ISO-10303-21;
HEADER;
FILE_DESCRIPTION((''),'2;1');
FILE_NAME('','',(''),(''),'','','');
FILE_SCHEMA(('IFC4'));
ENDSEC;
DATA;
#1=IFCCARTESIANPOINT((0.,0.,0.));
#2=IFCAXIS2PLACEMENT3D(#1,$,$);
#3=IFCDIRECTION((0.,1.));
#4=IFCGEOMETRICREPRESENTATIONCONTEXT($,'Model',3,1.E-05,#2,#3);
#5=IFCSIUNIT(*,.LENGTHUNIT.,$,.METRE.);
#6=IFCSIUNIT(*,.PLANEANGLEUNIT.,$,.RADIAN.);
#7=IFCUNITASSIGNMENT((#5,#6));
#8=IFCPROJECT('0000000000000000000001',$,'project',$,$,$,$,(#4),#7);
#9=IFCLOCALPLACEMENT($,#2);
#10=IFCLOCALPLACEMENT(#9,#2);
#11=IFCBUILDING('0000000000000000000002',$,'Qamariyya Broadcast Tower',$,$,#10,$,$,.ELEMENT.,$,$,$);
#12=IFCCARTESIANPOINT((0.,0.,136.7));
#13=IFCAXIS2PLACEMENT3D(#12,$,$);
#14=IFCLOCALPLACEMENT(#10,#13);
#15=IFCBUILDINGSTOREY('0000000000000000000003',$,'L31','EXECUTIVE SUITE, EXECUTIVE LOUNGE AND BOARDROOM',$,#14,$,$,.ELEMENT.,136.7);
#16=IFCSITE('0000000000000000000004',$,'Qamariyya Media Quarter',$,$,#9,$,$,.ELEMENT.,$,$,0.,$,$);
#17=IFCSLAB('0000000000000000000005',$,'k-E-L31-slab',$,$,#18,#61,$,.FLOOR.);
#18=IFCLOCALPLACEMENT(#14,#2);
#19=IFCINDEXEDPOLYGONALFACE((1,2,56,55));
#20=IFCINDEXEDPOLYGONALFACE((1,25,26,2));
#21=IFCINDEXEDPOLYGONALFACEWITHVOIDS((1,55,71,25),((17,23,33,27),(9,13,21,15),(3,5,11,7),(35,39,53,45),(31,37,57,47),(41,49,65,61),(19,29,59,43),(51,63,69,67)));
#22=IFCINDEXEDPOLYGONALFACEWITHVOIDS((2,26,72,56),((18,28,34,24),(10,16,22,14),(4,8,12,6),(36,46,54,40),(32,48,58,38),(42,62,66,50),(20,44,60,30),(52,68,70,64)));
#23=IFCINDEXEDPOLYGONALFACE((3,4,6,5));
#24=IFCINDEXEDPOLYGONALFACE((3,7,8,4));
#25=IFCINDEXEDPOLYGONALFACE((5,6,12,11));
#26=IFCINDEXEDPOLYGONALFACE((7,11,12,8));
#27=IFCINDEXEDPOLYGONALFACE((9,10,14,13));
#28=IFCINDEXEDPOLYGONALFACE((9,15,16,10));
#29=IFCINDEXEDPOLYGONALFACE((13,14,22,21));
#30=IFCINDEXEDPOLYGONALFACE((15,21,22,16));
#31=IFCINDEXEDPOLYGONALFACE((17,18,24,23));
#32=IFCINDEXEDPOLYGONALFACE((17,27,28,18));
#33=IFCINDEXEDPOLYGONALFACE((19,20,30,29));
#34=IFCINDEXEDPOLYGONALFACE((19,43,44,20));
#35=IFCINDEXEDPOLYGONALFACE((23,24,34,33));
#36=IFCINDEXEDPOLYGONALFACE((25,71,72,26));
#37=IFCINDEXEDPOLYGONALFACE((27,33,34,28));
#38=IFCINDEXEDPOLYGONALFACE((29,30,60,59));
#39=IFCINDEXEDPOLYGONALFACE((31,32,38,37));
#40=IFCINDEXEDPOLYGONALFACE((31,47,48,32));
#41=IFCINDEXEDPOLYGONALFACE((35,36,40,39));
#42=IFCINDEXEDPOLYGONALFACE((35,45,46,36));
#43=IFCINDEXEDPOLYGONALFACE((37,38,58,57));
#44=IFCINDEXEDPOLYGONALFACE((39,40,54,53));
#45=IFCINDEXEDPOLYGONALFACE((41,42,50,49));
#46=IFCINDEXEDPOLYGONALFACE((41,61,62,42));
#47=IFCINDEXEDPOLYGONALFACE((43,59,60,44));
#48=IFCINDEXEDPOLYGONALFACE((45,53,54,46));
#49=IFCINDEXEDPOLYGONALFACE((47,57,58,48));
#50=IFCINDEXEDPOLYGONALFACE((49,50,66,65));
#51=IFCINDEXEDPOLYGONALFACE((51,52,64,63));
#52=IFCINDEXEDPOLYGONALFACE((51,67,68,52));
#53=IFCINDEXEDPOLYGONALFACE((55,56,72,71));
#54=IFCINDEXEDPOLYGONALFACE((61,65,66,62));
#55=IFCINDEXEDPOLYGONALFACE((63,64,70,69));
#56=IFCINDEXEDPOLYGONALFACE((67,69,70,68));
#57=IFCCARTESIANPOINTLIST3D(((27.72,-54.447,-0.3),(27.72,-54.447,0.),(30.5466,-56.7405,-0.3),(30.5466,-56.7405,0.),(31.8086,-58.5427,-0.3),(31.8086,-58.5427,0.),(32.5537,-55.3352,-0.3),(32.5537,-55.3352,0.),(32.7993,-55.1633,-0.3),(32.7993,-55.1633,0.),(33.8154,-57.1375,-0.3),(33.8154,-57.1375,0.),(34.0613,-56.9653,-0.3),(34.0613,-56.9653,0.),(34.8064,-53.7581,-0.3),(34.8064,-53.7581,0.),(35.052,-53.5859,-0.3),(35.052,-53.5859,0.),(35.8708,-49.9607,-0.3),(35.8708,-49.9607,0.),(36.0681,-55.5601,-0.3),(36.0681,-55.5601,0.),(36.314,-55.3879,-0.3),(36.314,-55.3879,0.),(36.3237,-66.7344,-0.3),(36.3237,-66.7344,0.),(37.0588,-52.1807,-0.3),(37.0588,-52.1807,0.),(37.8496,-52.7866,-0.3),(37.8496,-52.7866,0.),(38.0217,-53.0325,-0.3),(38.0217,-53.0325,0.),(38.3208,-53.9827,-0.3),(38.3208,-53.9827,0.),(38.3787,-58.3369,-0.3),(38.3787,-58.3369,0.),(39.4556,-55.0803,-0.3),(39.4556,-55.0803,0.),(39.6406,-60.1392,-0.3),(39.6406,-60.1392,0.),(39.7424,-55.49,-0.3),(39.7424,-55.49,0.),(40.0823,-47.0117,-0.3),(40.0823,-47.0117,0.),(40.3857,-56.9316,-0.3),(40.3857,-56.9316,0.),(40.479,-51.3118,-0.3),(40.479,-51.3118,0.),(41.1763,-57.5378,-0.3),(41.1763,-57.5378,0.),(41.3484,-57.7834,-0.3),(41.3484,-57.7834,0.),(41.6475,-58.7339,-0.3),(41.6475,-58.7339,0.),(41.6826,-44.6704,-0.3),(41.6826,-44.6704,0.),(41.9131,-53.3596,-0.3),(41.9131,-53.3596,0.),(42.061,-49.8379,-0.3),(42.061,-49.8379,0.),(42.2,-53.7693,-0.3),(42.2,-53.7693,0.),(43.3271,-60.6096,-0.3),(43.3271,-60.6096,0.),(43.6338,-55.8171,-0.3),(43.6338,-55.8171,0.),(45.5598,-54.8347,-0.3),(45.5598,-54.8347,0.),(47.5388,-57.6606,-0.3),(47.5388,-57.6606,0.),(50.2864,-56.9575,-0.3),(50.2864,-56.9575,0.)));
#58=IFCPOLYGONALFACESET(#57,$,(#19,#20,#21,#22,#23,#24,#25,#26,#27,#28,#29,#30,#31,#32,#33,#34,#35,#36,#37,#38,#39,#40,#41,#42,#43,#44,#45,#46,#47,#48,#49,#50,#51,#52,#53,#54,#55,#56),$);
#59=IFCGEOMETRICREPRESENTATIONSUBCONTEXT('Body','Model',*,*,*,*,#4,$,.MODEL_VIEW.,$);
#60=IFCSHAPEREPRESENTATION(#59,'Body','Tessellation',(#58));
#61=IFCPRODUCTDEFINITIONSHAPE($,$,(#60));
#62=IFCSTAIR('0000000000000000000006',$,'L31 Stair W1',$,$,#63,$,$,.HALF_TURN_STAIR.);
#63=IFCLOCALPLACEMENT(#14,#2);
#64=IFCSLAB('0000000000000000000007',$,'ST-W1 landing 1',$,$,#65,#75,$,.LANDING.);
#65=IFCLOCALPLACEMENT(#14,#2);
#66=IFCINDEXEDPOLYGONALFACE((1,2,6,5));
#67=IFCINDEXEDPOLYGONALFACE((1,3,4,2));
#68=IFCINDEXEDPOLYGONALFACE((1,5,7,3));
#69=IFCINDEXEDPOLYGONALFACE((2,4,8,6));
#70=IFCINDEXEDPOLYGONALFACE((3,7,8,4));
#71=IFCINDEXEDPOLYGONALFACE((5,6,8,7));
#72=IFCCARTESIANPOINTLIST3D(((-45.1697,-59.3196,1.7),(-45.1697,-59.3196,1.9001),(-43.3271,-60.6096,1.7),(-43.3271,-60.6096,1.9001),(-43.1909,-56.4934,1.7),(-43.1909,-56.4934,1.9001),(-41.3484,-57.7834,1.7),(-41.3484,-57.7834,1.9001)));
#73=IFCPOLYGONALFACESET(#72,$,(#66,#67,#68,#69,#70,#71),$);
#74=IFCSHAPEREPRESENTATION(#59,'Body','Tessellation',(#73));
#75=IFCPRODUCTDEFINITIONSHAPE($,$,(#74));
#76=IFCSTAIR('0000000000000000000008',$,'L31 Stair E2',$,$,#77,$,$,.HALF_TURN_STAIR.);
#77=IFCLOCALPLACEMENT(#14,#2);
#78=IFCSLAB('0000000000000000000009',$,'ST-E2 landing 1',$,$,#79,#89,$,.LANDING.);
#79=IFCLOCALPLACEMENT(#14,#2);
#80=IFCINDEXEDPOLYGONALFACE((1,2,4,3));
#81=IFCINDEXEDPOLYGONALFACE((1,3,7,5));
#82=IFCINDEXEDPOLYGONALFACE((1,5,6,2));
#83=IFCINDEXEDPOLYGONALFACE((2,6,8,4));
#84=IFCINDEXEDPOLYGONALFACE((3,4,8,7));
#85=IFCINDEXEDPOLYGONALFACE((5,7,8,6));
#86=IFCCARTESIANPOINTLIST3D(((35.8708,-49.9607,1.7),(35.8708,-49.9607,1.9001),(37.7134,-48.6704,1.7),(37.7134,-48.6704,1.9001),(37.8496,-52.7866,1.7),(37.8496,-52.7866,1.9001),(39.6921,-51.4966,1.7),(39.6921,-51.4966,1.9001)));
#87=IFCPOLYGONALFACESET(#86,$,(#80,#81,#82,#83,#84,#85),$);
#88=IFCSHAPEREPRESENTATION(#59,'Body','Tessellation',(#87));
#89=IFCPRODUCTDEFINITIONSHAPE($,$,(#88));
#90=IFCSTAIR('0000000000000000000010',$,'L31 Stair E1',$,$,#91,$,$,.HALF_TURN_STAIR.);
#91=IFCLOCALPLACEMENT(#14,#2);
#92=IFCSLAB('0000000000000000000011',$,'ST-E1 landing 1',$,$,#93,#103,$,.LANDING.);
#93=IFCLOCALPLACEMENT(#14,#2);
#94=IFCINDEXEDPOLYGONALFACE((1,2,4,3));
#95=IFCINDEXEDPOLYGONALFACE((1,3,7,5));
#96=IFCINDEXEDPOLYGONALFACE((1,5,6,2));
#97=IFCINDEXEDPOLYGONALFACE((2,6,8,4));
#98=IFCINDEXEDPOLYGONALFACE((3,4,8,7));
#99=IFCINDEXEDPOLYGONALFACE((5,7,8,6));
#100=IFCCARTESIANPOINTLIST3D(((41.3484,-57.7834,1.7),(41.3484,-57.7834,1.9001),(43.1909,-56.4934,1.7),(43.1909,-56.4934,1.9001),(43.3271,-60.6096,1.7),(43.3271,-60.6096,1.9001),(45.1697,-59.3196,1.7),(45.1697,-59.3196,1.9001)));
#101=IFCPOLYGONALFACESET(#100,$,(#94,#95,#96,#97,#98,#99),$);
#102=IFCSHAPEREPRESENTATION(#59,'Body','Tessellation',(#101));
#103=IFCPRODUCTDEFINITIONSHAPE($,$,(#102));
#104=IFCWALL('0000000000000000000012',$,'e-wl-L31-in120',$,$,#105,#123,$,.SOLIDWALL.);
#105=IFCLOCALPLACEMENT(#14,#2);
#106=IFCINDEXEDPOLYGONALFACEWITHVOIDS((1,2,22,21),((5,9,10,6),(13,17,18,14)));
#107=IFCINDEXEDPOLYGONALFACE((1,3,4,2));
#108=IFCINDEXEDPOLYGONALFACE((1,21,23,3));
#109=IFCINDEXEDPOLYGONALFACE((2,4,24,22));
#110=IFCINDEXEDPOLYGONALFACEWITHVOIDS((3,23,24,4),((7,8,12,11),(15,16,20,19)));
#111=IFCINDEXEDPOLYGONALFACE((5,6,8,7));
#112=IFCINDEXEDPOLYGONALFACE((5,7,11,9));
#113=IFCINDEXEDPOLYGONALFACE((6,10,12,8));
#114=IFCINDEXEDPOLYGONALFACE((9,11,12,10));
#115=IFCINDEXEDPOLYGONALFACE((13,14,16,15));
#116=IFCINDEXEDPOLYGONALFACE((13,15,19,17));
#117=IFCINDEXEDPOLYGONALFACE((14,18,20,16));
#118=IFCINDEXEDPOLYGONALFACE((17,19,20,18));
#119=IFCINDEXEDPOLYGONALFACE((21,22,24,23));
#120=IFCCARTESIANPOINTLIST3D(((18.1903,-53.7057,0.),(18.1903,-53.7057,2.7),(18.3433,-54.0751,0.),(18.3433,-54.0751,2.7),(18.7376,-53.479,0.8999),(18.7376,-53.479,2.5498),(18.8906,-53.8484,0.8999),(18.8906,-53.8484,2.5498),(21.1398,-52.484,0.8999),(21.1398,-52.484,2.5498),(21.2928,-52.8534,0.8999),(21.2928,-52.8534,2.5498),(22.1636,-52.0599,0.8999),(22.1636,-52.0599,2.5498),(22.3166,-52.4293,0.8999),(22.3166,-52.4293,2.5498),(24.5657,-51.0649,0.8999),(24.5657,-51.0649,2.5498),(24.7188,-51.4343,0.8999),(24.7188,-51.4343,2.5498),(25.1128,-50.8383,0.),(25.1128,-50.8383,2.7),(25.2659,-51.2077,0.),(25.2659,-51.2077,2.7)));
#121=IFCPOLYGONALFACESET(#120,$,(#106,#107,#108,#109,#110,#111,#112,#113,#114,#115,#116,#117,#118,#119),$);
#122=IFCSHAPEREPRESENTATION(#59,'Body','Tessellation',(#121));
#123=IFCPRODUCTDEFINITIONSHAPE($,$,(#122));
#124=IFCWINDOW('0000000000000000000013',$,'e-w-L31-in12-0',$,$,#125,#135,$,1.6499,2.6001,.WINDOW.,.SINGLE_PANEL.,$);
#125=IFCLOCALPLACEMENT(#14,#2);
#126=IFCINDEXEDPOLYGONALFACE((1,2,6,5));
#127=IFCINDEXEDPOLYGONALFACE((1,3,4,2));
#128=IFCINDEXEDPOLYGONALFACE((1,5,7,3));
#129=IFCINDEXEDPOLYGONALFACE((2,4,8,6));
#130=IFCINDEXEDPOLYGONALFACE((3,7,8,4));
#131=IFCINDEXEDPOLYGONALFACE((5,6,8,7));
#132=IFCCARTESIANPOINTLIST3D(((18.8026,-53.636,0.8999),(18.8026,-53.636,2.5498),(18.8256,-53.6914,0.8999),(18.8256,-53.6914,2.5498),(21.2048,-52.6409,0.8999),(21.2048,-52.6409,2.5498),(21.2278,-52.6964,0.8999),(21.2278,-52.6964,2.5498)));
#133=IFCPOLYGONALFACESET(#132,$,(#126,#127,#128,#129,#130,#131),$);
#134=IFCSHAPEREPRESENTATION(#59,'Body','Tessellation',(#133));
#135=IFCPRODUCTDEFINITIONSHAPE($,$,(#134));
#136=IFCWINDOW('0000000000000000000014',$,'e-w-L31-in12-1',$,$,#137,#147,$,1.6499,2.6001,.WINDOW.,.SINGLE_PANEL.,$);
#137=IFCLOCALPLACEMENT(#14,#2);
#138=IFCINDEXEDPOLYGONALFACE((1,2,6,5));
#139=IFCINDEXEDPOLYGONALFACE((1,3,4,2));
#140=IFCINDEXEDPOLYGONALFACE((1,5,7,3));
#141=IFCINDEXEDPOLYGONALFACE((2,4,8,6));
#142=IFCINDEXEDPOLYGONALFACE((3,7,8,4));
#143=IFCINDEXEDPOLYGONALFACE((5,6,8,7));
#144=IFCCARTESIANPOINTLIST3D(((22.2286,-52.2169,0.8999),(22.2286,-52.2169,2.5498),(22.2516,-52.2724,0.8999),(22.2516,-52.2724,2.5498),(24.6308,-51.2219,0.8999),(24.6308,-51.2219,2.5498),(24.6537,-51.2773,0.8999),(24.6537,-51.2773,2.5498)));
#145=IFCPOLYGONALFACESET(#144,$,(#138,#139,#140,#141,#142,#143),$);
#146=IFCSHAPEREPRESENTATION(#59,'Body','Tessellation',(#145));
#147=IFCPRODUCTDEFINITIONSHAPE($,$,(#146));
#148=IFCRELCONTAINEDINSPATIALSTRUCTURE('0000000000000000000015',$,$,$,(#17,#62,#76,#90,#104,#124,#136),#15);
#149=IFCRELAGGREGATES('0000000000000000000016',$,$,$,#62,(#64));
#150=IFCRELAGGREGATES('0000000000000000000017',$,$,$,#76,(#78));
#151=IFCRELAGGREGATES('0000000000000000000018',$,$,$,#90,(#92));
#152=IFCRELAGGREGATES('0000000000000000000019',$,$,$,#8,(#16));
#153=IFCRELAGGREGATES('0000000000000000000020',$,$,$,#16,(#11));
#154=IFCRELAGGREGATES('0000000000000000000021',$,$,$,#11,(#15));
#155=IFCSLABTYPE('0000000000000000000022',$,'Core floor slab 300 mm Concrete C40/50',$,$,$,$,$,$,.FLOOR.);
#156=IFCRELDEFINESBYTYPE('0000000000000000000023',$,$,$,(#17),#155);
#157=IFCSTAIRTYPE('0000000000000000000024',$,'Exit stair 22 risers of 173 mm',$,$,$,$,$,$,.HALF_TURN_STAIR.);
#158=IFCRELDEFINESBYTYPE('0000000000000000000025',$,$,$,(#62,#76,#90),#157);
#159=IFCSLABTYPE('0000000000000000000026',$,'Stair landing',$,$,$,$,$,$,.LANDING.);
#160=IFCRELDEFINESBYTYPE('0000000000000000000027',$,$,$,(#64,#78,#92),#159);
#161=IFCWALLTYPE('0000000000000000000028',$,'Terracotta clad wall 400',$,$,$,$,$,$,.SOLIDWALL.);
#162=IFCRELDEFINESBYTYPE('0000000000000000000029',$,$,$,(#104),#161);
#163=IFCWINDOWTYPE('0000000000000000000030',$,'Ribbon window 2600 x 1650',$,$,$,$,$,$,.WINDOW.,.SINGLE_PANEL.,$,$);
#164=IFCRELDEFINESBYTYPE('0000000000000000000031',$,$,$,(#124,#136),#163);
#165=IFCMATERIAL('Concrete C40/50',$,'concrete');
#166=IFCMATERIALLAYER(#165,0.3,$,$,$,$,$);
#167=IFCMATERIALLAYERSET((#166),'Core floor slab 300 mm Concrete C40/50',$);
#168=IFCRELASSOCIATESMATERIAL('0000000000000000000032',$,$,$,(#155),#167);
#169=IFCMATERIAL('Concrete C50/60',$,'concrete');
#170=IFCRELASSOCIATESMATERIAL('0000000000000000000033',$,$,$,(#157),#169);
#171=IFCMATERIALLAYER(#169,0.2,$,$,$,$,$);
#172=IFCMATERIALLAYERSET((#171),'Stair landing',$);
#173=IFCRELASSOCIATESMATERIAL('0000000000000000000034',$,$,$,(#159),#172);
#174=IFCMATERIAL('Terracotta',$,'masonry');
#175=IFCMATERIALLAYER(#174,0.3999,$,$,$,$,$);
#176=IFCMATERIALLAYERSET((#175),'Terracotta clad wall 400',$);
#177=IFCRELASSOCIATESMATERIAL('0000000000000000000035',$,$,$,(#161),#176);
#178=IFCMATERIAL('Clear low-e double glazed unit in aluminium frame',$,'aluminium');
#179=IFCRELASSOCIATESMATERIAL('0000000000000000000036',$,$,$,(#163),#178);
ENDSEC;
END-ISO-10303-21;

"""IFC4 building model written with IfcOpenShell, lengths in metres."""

from ifc_helpers import new_model, si_unit, direction, frame, frame_2d, origin, place, context, subcontext, project, spatial, polyline, rectangle, outline, extrude, material, layer, layer_set, type_object, element, fill, aggregate, save


model = new_model("IFC4")

# Units and contexts
model_context = context("Model", 3, precision=1e-05, world=origin(), true_north=direction((0.0, 1.0)))
body_context = subcontext(model_context, "Body", "Model", "MODEL_VIEW")
ifc_project = project(units=[si_unit("LENGTHUNIT", "METRE"), si_unit("PLANEANGLEUNIT", "RADIAN")], contexts=[model_context])

# Site, building, storey
site_placement = place(None, origin())
building_placement = place(site_placement, origin())
storey_placement = place(building_placement, frame((0.0, 0.0, 136.7)))
site = spatial("IfcSite", under=ifc_project, at=site_placement, Name="Qamariyya Media Quarter", CompositionType="ELEMENT", RefElevation=0.0)
building = spatial("IfcBuilding", under=site, at=building_placement, Name="Qamariyya Broadcast Tower", CompositionType="ELEMENT")
storey = spatial("IfcBuildingStorey", under=building, at=storey_placement, Name="L31", Description="EXECUTIVE SUITE, EXECUTIVE LOUNGE AND BOARDROOM", CompositionType="ELEMENT", Elevation=136.7)

# Shared definitions
ifc_material_1 = material(Name="Concrete C50/60", Category="concrete")

# Slab
ifc_material_2 = material(Name="Concrete C40/50", Category="concrete")
ifc_layer_1 = layer(ifc_material_2, 0.3)
ifc_layer_set_1 = layer_set([ifc_layer_1], Name="Core floor slab 300 mm Concrete C40/50")
slab_type_1 = type_object("IfcSlabType", Name="Core floor slab 300 mm Concrete C40/50", PredefinedType="FLOOR", material=ifc_layer_set_1)
slab_1_placement = place(storey_placement, frame((0.0, 0.0, -0.3)))
element("IfcSlab", 1, at=slab_1_placement, inside=storey, type_object=slab_type_1, Name="k-E-L31-slab", PredefinedType="FLOOR", context=body_context, shape_type="SweptSolid", body=[
    extrude(outline(polyline([(36.3237, -66.7344), (50.2864, -56.9575), (41.6826, -44.6704), (27.72, -54.447), (36.3237, -66.7344)]), holes=[polyline([(31.8086, -58.5427), (33.8154, -57.1375), (32.5537, -55.3352), (30.5466, -56.7405), (31.8086, -58.5427)]), polyline([(34.0613, -56.9653), (36.0681, -55.5601), (34.8064, -53.7581), (32.7993, -55.1633), (34.0613, -56.9653)]), polyline([(36.314, -55.3879), (38.3208, -53.9827), (37.0588, -52.1807), (35.052, -53.5859), (36.314, -55.3879)]), polyline([(38.3787, -58.3369), (40.3857, -56.9316), (41.6475, -58.7339), (39.6406, -60.1392), (38.3787, -58.3369)]), polyline([(39.7424, -55.49), (42.2, -53.7693), (43.6338, -55.8171), (41.1763, -57.5378), (39.7424, -55.49)]), polyline([(39.4556, -55.0803), (41.9131, -53.3596), (40.479, -51.3118), (38.0217, -53.0325), (39.4556, -55.0803)]), polyline([(40.0823, -47.0117), (35.8708, -49.9607), (37.8496, -52.7866), (42.061, -49.8379), (40.0823, -47.0117)]), polyline([(45.5598, -54.8347), (41.3484, -57.7834), (43.3271, -60.6096), (47.5388, -57.6606), (45.5598, -54.8347)])]), origin(), (0.0, 0.0, 1.0), 0.3),
])

# Stairs, slabs
stair_type = type_object("IfcStairType", Name="Exit stair 22 risers of 173 mm", PredefinedType="HALF_TURN_STAIR", material=ifc_material_1)
stair_1_placement = place(storey_placement, origin())
stair_1 = element("IfcStair", 2, at=stair_1_placement, inside=storey, type_object=stair_type, Name="L31 Stair W1", PredefinedType="HALF_TURN_STAIR")
ifc_layer_2 = layer(ifc_material_1, 0.2)
ifc_layer_set_2 = layer_set([ifc_layer_2], Name="Stair landing")
slab_type_2 = type_object("IfcSlabType", Name="Stair landing", PredefinedType="LANDING", material=ifc_layer_set_2)
slab_2_placement = place(storey_placement, frame((0.0, 0.0, 1.7)))
slab_2 = element("IfcSlab", 3, at=slab_2_placement, type_object=slab_type_2, Name="ST-W1 landing 1", PredefinedType="LANDING", context=body_context, shape_type="SweptSolid", body=[
    extrude(outline(polyline([(-45.1697, -59.3196), (-43.3271, -60.6096), (-41.3484, -57.7834), (-43.1909, -56.4934), (-45.1697, -59.3196)])), origin(), (0.0, 0.0, 1.0), 0.2002),
])
aggregate(stair_1, [slab_2])
stair_2_placement = place(storey_placement, origin())
stair_2 = element("IfcStair", 4, at=stair_2_placement, inside=storey, type_object=stair_type, Name="L31 Stair E2", PredefinedType="HALF_TURN_STAIR")
slab_3_placement = place(storey_placement, frame((0.0, 0.0, 1.7)))
slab_3 = element("IfcSlab", 5, at=slab_3_placement, type_object=slab_type_2, Name="ST-E2 landing 1", PredefinedType="LANDING", context=body_context, shape_type="SweptSolid", body=[
    extrude(outline(polyline([(37.7134, -48.6704), (35.8708, -49.9607), (37.8496, -52.7866), (39.6921, -51.4966), (37.7134, -48.6704)])), origin(), (0.0, 0.0, 1.0), 0.2002),
])
aggregate(stair_2, [slab_3])
stair_3_placement = place(storey_placement, origin())
stair_3 = element("IfcStair", 6, at=stair_3_placement, inside=storey, type_object=stair_type, Name="L31 Stair E1", PredefinedType="HALF_TURN_STAIR")
slab_4_placement = place(storey_placement, frame((0.0, 0.0, 1.7)))
slab_4 = element("IfcSlab", 7, at=slab_4_placement, type_object=slab_type_2, Name="ST-E1 landing 1", PredefinedType="LANDING", context=body_context, shape_type="SweptSolid", body=[
    extrude(outline(polyline([(43.1909, -56.4934), (41.3484, -57.7834), (43.3271, -60.6096), (45.1697, -59.3196), (43.1909, -56.4934)])), origin(), (0.0, 0.0, 1.0), 0.2002),
])
aggregate(stair_3, [slab_4])

# Wall, openings, windows
ifc_material_3 = material(Name="Terracotta", Category="masonry")
ifc_layer_3 = layer(ifc_material_3, 0.3999)
ifc_layer_set_3 = layer_set([ifc_layer_3], Name="Terracotta clad wall 400")
wall_type = type_object("IfcWallType", Name="Terracotta clad wall 400", PredefinedType="SOLIDWALL", material=ifc_layer_set_3)
wall_placement = place(storey_placement, frame((25.1895, -51.0229, 0.0), z_axis=(0.0, 0.0, 1.0), x_axis=(-0.92388, -0.382683, 0.0)))
wall = element("IfcWall", 8, at=wall_placement, inside=storey, type_object=wall_type, Name="e-wl-L31-in120", PredefinedType="SOLIDWALL", context=body_context, shape_type="SweptSolid", body=[
    extrude(rectangle(XDim=7.4929, YDim=0.3999, at=frame_2d((3.7466, 0.0))), origin(), (0.0, 0.0, 1.0), 2.7),
])
opening_1_placement = place(wall_placement, frame((4.3005, 0.0, 0.8999)))
opening_1 = element("IfcOpeningElement", 9, at=opening_1_placement, cuts=wall, PredefinedType="OPENING", context=body_context, shape_type="SweptSolid", body=[
    extrude(rectangle(XDim=2.6001, YDim=1.6499, at=frame_2d((1.3, 0.825))), frame((0.0, 0.21, 0.0), z_axis=(0.0, -1.0, 0.0), x_axis=(1.0, 0.0, 0.0)), (0.0, 0.0, 1.0), 0.4199),
])
opening_2_placement = place(wall_placement, frame((0.5923, 0.0, 0.8999)))
opening_2 = element("IfcOpeningElement", 10, at=opening_2_placement, cuts=wall, PredefinedType="OPENING", context=body_context, shape_type="SweptSolid", body=[
    extrude(rectangle(XDim=2.6001, YDim=1.6499, at=frame_2d((1.3, 0.825))), frame((0.0, 0.21, 0.0), z_axis=(0.0, -1.0, 0.0), x_axis=(1.0, 0.0, 0.0)), (0.0, 0.0, 1.0), 0.4199),
])
ifc_material_4 = material(Name="Clear low-e double glazed unit in aluminium frame", Category="aluminium")
window_type = type_object("IfcWindowType", Name="Ribbon window 2600 x 1650", PartitioningType="SINGLE_PANEL", PredefinedType="WINDOW", material=ifc_material_4)
window_1_placement = place(opening_1_placement, origin())
window_1 = element("IfcWindow", 11, at=window_1_placement, inside=storey, type_object=window_type, Name="e-w-L31-in12-0", OverallHeight=1.6499, OverallWidth=2.6001, PartitioningType="SINGLE_PANEL", PredefinedType="WINDOW", context=body_context, shape_type="SweptSolid", body=[
    extrude(rectangle(XDim=2.6001, YDim=1.6499, at=frame_2d((1.3, 0.825))), frame((0.0, 0.03, 0.0), z_axis=(0.0, -1.0, 0.0), x_axis=(1.0, 0.0, 0.0)), (0.0, 0.0, 1.0), 0.0601),
])
fill(opening_1, window_1)
window_2_placement = place(opening_2_placement, origin())
window_2 = element("IfcWindow", 12, at=window_2_placement, inside=storey, type_object=window_type, Name="e-w-L31-in12-1", OverallHeight=1.6499, OverallWidth=2.6001, PartitioningType="SINGLE_PANEL", PredefinedType="WINDOW", context=body_context, shape_type="SweptSolid", body=[
    extrude(rectangle(XDim=2.6001, YDim=1.6499, at=frame_2d((1.3, 0.825))), frame((0.0, 0.03, 0.0), z_axis=(0.0, -1.0, 0.0), x_axis=(1.0, 0.0, 0.0)), (0.0, 0.0, 1.0), 0.0601),
])
fill(opening_2, window_2)

save(model, "model.ifc")
